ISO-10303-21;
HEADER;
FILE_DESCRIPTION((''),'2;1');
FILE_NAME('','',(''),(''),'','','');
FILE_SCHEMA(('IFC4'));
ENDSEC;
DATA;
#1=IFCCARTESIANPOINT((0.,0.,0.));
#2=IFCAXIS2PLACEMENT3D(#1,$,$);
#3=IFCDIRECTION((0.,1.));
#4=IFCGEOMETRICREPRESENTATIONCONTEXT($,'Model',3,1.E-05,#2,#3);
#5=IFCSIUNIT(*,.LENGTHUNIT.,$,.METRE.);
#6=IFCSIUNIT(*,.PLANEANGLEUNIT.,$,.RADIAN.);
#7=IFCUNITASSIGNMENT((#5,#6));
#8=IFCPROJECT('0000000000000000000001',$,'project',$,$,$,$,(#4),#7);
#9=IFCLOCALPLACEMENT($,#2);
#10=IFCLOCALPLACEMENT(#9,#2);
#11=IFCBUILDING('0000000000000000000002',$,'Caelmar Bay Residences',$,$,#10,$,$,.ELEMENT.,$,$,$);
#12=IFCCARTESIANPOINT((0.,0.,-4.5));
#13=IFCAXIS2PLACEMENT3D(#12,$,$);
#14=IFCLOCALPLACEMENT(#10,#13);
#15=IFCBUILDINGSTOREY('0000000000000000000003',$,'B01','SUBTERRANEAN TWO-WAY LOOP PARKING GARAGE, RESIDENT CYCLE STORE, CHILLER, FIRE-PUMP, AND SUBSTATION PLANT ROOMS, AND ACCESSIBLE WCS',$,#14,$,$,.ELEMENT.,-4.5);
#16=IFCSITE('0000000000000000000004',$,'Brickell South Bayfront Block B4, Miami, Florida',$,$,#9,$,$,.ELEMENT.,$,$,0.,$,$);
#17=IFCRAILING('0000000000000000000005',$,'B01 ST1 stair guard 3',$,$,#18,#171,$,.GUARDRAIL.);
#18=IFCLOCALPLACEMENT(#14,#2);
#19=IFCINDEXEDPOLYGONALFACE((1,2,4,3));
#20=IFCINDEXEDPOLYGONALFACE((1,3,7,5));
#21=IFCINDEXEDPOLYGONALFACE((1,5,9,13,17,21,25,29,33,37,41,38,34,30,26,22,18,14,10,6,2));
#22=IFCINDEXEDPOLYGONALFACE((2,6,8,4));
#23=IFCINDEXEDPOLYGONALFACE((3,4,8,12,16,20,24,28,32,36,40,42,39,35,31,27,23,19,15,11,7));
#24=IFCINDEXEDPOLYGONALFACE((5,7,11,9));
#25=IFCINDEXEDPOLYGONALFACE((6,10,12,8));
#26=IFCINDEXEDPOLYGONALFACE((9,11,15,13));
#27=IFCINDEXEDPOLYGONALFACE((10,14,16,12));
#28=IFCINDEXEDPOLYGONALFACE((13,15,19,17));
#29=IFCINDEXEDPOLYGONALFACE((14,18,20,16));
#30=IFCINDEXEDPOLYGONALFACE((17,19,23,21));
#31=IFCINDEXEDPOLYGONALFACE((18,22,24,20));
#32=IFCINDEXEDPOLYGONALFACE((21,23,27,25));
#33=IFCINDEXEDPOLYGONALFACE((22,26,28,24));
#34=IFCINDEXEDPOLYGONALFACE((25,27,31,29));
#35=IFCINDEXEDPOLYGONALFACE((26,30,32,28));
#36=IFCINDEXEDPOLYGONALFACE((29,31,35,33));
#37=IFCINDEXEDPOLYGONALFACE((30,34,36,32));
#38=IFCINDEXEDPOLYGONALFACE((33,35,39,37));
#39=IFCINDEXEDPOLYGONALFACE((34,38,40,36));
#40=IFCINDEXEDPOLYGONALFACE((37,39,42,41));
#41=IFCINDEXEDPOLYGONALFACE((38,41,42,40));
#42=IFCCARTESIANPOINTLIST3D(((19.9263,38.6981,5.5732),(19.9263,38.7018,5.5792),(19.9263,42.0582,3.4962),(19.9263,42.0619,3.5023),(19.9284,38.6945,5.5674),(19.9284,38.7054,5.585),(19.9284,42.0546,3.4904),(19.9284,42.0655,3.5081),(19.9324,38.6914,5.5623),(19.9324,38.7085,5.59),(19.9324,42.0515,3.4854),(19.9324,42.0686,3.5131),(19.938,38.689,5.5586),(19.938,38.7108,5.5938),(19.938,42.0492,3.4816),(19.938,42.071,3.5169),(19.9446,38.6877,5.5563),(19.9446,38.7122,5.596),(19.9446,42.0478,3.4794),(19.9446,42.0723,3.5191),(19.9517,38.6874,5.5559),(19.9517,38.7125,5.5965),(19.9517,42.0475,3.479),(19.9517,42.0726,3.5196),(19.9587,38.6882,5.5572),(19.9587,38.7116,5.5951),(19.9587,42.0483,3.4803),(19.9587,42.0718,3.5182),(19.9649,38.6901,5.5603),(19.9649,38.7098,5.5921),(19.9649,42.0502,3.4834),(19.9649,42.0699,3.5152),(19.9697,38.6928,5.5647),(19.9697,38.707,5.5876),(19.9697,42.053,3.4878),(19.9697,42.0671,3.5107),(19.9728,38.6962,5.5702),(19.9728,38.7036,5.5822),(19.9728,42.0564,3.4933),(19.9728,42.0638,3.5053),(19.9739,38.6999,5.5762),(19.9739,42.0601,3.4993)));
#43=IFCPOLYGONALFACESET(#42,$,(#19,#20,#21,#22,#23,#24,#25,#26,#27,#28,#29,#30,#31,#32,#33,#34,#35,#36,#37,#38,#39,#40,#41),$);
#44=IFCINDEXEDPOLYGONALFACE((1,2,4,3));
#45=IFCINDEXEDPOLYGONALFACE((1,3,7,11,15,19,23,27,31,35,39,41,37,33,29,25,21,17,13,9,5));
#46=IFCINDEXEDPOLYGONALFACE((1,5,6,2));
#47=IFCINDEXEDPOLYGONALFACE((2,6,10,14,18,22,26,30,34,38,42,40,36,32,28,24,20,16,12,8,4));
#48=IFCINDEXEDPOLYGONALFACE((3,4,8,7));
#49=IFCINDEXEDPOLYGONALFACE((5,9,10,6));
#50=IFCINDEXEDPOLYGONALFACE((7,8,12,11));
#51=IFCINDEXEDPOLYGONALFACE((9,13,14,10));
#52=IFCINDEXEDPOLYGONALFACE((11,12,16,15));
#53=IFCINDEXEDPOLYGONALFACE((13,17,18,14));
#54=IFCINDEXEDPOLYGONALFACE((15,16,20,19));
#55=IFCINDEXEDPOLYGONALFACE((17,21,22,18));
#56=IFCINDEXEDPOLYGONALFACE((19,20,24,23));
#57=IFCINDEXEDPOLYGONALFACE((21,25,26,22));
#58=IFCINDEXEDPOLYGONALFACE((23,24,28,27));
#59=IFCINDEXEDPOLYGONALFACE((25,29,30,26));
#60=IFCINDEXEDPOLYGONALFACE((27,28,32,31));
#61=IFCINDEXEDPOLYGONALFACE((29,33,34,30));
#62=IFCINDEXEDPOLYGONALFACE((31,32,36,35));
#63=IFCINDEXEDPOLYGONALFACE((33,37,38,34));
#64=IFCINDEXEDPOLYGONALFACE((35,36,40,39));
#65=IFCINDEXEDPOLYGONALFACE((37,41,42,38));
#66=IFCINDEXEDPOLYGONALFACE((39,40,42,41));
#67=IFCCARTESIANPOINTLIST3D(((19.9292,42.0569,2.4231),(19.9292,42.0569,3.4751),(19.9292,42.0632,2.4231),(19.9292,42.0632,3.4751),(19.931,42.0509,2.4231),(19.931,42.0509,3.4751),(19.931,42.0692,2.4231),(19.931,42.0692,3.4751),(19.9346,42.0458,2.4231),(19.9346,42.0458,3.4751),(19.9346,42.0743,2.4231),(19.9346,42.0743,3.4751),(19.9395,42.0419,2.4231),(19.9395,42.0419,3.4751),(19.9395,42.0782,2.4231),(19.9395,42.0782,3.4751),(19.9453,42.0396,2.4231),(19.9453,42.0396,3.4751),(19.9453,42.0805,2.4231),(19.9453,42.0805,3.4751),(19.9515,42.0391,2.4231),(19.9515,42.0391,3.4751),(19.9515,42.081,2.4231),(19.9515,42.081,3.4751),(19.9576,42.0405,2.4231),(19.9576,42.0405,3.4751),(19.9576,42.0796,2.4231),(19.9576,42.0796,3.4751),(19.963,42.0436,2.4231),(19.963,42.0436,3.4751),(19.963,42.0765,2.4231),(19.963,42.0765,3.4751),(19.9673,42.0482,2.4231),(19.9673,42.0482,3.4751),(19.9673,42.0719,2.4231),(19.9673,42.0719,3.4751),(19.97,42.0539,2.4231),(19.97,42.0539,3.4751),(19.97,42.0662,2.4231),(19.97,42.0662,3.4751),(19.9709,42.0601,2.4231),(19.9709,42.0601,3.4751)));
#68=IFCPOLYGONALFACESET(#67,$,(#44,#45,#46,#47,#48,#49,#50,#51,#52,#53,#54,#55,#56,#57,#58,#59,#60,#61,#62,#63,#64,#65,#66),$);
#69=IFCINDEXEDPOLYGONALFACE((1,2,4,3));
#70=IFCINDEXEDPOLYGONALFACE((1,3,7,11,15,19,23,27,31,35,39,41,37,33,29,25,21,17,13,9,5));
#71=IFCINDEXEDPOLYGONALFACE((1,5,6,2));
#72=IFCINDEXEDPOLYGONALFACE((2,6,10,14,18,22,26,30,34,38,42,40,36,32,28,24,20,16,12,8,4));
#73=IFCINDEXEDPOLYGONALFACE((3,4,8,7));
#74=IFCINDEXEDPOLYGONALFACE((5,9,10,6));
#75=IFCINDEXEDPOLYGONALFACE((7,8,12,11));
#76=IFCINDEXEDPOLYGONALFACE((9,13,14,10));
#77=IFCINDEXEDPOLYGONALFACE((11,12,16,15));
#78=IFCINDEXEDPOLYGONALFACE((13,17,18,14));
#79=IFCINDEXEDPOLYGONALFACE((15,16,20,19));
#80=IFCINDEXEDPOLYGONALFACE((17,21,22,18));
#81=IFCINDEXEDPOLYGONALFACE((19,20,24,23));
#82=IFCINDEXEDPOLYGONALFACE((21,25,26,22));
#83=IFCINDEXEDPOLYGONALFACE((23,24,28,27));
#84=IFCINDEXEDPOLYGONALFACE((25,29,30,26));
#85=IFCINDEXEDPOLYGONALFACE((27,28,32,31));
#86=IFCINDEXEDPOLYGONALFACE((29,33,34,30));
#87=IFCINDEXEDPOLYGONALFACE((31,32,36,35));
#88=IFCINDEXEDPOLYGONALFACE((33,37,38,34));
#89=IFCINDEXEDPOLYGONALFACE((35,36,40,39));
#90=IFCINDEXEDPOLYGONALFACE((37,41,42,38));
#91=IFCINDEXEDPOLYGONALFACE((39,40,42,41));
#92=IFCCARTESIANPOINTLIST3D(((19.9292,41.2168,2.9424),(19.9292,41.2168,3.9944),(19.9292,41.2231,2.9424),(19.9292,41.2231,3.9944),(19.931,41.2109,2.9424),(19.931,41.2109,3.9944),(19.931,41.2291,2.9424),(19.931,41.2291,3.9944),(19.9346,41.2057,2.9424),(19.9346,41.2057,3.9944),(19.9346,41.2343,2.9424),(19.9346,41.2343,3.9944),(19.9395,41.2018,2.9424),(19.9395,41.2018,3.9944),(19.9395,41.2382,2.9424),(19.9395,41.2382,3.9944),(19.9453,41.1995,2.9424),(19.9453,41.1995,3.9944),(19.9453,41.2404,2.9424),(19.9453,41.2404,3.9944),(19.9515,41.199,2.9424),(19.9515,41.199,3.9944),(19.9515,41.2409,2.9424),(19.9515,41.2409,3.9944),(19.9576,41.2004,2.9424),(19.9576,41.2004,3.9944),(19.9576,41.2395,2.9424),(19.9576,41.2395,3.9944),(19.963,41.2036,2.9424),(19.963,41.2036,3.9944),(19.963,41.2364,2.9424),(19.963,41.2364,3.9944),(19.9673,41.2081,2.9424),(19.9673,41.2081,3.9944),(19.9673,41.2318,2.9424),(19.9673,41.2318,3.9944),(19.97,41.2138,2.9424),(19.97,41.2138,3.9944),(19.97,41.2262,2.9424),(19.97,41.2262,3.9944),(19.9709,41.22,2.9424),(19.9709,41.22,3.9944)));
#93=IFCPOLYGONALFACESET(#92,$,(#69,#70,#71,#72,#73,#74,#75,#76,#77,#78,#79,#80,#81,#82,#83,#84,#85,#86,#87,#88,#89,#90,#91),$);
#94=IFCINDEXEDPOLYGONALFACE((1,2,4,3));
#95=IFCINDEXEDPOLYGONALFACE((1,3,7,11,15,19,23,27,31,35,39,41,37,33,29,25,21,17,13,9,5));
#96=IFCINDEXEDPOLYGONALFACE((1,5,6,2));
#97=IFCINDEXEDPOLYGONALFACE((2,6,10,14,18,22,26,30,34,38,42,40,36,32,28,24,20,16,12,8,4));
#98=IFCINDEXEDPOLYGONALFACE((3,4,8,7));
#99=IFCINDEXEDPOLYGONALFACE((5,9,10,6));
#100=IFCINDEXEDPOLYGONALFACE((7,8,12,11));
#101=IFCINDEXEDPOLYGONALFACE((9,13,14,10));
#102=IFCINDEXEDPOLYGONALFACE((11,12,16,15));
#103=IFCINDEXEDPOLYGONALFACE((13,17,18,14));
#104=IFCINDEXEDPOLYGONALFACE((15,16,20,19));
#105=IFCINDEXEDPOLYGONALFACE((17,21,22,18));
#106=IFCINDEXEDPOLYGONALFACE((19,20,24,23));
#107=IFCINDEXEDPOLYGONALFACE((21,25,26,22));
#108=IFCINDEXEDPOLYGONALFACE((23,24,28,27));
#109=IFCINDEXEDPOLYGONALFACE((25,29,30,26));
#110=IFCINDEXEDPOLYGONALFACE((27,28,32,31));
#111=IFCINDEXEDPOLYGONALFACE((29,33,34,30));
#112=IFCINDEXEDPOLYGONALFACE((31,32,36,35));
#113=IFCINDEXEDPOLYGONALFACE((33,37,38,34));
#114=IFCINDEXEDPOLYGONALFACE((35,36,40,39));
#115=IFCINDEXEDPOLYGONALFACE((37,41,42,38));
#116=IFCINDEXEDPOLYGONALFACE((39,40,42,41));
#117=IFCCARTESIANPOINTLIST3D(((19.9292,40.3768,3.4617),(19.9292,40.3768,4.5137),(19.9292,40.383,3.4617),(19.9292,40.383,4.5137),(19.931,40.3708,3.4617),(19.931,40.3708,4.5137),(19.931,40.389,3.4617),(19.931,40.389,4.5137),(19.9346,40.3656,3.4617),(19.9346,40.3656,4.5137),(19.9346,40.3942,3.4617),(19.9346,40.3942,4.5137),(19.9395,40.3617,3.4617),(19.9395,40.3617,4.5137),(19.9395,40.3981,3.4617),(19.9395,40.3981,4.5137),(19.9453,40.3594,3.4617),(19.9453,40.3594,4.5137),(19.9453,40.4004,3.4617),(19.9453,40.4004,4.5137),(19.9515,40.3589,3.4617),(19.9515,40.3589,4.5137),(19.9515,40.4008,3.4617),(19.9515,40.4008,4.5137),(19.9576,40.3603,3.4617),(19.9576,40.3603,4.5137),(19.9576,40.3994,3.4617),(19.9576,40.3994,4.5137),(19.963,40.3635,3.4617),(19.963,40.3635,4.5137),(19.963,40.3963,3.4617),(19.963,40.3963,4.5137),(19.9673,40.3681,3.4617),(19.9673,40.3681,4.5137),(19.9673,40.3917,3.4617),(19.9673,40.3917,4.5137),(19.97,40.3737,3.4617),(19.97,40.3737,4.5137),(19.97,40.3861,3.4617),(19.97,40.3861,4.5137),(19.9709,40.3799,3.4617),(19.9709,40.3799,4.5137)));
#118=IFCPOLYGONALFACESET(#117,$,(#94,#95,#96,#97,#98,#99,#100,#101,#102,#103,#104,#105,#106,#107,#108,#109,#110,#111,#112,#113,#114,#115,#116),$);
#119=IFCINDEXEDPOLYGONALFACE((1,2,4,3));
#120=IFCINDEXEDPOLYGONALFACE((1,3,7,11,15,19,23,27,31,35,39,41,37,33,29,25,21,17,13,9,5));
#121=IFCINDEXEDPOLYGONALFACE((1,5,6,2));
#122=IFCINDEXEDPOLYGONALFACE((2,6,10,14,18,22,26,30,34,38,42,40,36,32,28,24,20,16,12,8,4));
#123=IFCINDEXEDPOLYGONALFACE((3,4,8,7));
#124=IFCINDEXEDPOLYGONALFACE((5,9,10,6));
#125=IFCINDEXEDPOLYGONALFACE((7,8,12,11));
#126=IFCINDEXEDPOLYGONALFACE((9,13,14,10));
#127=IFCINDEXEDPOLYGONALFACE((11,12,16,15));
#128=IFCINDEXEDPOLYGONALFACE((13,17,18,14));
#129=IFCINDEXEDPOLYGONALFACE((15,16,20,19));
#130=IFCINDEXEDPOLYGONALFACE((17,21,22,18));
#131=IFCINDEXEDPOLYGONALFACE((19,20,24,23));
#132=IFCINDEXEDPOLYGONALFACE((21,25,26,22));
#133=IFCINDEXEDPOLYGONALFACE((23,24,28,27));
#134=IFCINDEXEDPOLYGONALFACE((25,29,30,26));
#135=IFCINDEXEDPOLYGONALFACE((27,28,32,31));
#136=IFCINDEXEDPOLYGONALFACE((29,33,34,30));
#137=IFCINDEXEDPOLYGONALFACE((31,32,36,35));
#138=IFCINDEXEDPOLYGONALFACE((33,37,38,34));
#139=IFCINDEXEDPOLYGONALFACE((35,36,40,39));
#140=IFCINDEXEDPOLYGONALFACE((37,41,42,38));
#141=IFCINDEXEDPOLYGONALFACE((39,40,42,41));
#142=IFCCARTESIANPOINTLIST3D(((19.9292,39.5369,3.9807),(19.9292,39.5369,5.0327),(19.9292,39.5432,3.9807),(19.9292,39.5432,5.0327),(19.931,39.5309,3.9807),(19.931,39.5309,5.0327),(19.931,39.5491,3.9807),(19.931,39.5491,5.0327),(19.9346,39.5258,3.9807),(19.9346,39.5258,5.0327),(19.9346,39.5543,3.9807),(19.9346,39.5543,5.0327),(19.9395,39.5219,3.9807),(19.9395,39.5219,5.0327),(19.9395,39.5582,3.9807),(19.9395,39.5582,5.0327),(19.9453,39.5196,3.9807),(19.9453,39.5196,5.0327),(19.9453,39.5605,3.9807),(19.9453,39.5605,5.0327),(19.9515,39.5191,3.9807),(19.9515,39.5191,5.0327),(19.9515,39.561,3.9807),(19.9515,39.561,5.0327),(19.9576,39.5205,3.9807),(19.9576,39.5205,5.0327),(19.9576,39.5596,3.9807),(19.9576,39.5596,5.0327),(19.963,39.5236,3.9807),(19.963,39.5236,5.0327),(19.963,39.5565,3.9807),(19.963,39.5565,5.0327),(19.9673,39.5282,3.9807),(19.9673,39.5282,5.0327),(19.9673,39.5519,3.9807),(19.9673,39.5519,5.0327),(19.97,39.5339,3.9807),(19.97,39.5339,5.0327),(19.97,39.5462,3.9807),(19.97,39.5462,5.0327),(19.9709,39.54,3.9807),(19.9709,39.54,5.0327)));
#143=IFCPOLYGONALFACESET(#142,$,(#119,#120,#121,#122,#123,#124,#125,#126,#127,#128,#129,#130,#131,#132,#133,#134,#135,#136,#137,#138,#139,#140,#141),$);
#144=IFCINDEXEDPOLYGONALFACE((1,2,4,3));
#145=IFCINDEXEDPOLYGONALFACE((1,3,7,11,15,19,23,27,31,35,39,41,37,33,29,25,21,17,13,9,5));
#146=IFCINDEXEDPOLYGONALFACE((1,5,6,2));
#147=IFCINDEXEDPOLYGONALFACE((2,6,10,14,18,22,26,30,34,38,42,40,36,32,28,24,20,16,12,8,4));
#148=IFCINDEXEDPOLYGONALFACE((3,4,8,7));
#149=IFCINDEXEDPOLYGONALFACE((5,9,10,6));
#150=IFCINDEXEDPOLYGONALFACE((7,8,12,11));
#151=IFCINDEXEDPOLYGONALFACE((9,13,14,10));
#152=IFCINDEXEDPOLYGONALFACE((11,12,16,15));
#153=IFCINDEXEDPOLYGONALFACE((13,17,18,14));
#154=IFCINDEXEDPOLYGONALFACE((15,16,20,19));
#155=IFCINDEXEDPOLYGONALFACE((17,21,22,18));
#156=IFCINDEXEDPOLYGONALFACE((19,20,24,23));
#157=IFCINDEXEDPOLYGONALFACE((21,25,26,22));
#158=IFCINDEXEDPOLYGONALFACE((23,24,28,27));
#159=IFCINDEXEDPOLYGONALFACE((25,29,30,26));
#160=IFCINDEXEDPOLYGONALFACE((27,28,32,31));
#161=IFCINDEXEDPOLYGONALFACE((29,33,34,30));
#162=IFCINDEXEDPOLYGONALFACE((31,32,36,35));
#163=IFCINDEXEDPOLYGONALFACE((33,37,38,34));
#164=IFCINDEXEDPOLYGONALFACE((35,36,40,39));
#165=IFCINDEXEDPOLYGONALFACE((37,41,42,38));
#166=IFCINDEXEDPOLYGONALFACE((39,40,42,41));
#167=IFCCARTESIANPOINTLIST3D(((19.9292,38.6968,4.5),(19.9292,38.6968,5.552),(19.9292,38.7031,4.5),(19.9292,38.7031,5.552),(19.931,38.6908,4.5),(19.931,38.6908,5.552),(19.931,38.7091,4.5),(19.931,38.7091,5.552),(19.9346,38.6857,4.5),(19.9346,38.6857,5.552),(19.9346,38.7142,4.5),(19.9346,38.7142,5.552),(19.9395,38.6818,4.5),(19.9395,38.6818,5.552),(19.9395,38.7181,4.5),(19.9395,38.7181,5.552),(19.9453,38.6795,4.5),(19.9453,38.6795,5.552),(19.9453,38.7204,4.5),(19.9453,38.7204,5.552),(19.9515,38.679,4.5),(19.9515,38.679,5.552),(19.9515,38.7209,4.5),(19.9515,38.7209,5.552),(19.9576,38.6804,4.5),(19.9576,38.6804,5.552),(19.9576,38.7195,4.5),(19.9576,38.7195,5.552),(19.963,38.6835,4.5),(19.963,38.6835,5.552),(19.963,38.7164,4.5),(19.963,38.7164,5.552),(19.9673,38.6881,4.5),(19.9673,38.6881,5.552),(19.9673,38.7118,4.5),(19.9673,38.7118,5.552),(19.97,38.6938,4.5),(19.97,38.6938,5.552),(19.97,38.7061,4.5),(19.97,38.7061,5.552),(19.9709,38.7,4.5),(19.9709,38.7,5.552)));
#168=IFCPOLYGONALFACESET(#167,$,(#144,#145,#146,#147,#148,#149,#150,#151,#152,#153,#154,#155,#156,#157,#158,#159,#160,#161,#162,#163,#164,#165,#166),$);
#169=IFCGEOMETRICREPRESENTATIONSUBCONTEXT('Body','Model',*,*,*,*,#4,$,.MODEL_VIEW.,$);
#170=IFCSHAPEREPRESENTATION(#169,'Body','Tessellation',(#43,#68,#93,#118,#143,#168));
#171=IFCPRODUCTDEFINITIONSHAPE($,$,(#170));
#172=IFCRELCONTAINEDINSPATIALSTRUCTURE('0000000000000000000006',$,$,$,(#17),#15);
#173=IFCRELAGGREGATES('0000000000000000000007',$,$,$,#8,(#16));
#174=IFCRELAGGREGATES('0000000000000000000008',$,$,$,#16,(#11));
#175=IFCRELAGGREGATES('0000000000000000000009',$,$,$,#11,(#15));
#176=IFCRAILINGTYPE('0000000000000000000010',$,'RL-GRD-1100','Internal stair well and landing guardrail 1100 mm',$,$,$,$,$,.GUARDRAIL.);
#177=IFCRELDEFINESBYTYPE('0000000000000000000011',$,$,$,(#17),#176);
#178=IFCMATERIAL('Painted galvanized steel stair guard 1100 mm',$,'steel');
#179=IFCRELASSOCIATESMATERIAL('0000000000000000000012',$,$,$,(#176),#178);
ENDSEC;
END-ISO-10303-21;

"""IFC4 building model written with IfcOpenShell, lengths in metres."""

from ifc_helpers import new_model, si_unit, direction, frame, origin, origin_2d, place, context, subcontext, project, spatial, circle, extrude, material, type_object, element, save


model = new_model("IFC4")

# Units and contexts
model_context = context("Model", 3, precision=1e-05, world=origin(), true_north=direction((0.0, 1.0)))
body_context = subcontext(model_context, "Body", "Model", "MODEL_VIEW")
ifc_project = project(units=[si_unit("LENGTHUNIT", "METRE"), si_unit("PLANEANGLEUNIT", "RADIAN")], contexts=[model_context])

# Site, building, storey
site_placement = place(None, origin())
site = spatial("IfcSite", under=ifc_project, at=site_placement, Name="Brickell South Bayfront Block B4, Miami, Florida", CompositionType="ELEMENT", RefElevation=0.0)
building_placement = place(site_placement, origin())
building = spatial("IfcBuilding", under=site, at=building_placement, Name="Caelmar Bay Residences", CompositionType="ELEMENT")
storey_placement = place(building_placement, frame((0.0, 0.0, -4.5)))
storey = spatial("IfcBuildingStorey", under=building, at=storey_placement, Name="B01", Description="SUBTERRANEAN TWO-WAY LOOP PARKING GARAGE, RESIDENT CYCLE STORE, CHILLER, FIRE-PUMP, AND SUBSTATION PLANT ROOMS, AND ACCESSIBLE WCS", CompositionType="ELEMENT", Elevation=-4.5)

# Railing
ifc_material_1 = material(Name="Painted galvanized steel stair guard 1100 mm", Category="steel")
railing_type_1 = type_object("IfcRailingType", Name="RL-GRD-1100", Description="Internal stair well and landing guardrail 1100 mm", PredefinedType="GUARDRAIL", material=ifc_material_1)
railing_1_placement = place(storey_placement, frame((19.95, 42.0601, 2.4231)))
element("IfcRailing", 1, at=railing_1_placement, inside=storey, type_object=railing_type_1, Name="B01 ST1 stair guard 3", PredefinedType="GUARDRAIL", context=body_context, shape_type="SweptSolid", body=[
    extrude(circle(Radius=0.0239, at=origin_2d()), frame((0.0, 0.0, 1.0762), z_axis=(0.0, -0.850623, 0.525776), x_axis=(1.0, 0.0, 0.0)), (0.0, 0.0, 1.0), 3.9502),
    extrude(circle(Radius=0.021, at=origin_2d()), origin(), (0.0, 0.0, 1.0), 1.052),
    extrude(circle(Radius=0.021, at=origin_2d()), frame((0.0, -0.8401, 0.5193)), (0.0, 0.0, 1.0), 1.052),
    extrude(circle(Radius=0.021, at=origin_2d()), frame((0.0, -1.6802, 1.0386)), (0.0, 0.0, 1.0), 1.052),
    extrude(circle(Radius=0.021, at=origin_2d()), frame((0.0, -2.52, 1.5576)), (0.0, 0.0, 1.0), 1.052),
    extrude(circle(Radius=0.021, at=origin_2d()), frame((0.0, -3.3601, 2.0769)), (0.0, 0.0, 1.0), 1.052),
])

save(model, "model.ifc")
